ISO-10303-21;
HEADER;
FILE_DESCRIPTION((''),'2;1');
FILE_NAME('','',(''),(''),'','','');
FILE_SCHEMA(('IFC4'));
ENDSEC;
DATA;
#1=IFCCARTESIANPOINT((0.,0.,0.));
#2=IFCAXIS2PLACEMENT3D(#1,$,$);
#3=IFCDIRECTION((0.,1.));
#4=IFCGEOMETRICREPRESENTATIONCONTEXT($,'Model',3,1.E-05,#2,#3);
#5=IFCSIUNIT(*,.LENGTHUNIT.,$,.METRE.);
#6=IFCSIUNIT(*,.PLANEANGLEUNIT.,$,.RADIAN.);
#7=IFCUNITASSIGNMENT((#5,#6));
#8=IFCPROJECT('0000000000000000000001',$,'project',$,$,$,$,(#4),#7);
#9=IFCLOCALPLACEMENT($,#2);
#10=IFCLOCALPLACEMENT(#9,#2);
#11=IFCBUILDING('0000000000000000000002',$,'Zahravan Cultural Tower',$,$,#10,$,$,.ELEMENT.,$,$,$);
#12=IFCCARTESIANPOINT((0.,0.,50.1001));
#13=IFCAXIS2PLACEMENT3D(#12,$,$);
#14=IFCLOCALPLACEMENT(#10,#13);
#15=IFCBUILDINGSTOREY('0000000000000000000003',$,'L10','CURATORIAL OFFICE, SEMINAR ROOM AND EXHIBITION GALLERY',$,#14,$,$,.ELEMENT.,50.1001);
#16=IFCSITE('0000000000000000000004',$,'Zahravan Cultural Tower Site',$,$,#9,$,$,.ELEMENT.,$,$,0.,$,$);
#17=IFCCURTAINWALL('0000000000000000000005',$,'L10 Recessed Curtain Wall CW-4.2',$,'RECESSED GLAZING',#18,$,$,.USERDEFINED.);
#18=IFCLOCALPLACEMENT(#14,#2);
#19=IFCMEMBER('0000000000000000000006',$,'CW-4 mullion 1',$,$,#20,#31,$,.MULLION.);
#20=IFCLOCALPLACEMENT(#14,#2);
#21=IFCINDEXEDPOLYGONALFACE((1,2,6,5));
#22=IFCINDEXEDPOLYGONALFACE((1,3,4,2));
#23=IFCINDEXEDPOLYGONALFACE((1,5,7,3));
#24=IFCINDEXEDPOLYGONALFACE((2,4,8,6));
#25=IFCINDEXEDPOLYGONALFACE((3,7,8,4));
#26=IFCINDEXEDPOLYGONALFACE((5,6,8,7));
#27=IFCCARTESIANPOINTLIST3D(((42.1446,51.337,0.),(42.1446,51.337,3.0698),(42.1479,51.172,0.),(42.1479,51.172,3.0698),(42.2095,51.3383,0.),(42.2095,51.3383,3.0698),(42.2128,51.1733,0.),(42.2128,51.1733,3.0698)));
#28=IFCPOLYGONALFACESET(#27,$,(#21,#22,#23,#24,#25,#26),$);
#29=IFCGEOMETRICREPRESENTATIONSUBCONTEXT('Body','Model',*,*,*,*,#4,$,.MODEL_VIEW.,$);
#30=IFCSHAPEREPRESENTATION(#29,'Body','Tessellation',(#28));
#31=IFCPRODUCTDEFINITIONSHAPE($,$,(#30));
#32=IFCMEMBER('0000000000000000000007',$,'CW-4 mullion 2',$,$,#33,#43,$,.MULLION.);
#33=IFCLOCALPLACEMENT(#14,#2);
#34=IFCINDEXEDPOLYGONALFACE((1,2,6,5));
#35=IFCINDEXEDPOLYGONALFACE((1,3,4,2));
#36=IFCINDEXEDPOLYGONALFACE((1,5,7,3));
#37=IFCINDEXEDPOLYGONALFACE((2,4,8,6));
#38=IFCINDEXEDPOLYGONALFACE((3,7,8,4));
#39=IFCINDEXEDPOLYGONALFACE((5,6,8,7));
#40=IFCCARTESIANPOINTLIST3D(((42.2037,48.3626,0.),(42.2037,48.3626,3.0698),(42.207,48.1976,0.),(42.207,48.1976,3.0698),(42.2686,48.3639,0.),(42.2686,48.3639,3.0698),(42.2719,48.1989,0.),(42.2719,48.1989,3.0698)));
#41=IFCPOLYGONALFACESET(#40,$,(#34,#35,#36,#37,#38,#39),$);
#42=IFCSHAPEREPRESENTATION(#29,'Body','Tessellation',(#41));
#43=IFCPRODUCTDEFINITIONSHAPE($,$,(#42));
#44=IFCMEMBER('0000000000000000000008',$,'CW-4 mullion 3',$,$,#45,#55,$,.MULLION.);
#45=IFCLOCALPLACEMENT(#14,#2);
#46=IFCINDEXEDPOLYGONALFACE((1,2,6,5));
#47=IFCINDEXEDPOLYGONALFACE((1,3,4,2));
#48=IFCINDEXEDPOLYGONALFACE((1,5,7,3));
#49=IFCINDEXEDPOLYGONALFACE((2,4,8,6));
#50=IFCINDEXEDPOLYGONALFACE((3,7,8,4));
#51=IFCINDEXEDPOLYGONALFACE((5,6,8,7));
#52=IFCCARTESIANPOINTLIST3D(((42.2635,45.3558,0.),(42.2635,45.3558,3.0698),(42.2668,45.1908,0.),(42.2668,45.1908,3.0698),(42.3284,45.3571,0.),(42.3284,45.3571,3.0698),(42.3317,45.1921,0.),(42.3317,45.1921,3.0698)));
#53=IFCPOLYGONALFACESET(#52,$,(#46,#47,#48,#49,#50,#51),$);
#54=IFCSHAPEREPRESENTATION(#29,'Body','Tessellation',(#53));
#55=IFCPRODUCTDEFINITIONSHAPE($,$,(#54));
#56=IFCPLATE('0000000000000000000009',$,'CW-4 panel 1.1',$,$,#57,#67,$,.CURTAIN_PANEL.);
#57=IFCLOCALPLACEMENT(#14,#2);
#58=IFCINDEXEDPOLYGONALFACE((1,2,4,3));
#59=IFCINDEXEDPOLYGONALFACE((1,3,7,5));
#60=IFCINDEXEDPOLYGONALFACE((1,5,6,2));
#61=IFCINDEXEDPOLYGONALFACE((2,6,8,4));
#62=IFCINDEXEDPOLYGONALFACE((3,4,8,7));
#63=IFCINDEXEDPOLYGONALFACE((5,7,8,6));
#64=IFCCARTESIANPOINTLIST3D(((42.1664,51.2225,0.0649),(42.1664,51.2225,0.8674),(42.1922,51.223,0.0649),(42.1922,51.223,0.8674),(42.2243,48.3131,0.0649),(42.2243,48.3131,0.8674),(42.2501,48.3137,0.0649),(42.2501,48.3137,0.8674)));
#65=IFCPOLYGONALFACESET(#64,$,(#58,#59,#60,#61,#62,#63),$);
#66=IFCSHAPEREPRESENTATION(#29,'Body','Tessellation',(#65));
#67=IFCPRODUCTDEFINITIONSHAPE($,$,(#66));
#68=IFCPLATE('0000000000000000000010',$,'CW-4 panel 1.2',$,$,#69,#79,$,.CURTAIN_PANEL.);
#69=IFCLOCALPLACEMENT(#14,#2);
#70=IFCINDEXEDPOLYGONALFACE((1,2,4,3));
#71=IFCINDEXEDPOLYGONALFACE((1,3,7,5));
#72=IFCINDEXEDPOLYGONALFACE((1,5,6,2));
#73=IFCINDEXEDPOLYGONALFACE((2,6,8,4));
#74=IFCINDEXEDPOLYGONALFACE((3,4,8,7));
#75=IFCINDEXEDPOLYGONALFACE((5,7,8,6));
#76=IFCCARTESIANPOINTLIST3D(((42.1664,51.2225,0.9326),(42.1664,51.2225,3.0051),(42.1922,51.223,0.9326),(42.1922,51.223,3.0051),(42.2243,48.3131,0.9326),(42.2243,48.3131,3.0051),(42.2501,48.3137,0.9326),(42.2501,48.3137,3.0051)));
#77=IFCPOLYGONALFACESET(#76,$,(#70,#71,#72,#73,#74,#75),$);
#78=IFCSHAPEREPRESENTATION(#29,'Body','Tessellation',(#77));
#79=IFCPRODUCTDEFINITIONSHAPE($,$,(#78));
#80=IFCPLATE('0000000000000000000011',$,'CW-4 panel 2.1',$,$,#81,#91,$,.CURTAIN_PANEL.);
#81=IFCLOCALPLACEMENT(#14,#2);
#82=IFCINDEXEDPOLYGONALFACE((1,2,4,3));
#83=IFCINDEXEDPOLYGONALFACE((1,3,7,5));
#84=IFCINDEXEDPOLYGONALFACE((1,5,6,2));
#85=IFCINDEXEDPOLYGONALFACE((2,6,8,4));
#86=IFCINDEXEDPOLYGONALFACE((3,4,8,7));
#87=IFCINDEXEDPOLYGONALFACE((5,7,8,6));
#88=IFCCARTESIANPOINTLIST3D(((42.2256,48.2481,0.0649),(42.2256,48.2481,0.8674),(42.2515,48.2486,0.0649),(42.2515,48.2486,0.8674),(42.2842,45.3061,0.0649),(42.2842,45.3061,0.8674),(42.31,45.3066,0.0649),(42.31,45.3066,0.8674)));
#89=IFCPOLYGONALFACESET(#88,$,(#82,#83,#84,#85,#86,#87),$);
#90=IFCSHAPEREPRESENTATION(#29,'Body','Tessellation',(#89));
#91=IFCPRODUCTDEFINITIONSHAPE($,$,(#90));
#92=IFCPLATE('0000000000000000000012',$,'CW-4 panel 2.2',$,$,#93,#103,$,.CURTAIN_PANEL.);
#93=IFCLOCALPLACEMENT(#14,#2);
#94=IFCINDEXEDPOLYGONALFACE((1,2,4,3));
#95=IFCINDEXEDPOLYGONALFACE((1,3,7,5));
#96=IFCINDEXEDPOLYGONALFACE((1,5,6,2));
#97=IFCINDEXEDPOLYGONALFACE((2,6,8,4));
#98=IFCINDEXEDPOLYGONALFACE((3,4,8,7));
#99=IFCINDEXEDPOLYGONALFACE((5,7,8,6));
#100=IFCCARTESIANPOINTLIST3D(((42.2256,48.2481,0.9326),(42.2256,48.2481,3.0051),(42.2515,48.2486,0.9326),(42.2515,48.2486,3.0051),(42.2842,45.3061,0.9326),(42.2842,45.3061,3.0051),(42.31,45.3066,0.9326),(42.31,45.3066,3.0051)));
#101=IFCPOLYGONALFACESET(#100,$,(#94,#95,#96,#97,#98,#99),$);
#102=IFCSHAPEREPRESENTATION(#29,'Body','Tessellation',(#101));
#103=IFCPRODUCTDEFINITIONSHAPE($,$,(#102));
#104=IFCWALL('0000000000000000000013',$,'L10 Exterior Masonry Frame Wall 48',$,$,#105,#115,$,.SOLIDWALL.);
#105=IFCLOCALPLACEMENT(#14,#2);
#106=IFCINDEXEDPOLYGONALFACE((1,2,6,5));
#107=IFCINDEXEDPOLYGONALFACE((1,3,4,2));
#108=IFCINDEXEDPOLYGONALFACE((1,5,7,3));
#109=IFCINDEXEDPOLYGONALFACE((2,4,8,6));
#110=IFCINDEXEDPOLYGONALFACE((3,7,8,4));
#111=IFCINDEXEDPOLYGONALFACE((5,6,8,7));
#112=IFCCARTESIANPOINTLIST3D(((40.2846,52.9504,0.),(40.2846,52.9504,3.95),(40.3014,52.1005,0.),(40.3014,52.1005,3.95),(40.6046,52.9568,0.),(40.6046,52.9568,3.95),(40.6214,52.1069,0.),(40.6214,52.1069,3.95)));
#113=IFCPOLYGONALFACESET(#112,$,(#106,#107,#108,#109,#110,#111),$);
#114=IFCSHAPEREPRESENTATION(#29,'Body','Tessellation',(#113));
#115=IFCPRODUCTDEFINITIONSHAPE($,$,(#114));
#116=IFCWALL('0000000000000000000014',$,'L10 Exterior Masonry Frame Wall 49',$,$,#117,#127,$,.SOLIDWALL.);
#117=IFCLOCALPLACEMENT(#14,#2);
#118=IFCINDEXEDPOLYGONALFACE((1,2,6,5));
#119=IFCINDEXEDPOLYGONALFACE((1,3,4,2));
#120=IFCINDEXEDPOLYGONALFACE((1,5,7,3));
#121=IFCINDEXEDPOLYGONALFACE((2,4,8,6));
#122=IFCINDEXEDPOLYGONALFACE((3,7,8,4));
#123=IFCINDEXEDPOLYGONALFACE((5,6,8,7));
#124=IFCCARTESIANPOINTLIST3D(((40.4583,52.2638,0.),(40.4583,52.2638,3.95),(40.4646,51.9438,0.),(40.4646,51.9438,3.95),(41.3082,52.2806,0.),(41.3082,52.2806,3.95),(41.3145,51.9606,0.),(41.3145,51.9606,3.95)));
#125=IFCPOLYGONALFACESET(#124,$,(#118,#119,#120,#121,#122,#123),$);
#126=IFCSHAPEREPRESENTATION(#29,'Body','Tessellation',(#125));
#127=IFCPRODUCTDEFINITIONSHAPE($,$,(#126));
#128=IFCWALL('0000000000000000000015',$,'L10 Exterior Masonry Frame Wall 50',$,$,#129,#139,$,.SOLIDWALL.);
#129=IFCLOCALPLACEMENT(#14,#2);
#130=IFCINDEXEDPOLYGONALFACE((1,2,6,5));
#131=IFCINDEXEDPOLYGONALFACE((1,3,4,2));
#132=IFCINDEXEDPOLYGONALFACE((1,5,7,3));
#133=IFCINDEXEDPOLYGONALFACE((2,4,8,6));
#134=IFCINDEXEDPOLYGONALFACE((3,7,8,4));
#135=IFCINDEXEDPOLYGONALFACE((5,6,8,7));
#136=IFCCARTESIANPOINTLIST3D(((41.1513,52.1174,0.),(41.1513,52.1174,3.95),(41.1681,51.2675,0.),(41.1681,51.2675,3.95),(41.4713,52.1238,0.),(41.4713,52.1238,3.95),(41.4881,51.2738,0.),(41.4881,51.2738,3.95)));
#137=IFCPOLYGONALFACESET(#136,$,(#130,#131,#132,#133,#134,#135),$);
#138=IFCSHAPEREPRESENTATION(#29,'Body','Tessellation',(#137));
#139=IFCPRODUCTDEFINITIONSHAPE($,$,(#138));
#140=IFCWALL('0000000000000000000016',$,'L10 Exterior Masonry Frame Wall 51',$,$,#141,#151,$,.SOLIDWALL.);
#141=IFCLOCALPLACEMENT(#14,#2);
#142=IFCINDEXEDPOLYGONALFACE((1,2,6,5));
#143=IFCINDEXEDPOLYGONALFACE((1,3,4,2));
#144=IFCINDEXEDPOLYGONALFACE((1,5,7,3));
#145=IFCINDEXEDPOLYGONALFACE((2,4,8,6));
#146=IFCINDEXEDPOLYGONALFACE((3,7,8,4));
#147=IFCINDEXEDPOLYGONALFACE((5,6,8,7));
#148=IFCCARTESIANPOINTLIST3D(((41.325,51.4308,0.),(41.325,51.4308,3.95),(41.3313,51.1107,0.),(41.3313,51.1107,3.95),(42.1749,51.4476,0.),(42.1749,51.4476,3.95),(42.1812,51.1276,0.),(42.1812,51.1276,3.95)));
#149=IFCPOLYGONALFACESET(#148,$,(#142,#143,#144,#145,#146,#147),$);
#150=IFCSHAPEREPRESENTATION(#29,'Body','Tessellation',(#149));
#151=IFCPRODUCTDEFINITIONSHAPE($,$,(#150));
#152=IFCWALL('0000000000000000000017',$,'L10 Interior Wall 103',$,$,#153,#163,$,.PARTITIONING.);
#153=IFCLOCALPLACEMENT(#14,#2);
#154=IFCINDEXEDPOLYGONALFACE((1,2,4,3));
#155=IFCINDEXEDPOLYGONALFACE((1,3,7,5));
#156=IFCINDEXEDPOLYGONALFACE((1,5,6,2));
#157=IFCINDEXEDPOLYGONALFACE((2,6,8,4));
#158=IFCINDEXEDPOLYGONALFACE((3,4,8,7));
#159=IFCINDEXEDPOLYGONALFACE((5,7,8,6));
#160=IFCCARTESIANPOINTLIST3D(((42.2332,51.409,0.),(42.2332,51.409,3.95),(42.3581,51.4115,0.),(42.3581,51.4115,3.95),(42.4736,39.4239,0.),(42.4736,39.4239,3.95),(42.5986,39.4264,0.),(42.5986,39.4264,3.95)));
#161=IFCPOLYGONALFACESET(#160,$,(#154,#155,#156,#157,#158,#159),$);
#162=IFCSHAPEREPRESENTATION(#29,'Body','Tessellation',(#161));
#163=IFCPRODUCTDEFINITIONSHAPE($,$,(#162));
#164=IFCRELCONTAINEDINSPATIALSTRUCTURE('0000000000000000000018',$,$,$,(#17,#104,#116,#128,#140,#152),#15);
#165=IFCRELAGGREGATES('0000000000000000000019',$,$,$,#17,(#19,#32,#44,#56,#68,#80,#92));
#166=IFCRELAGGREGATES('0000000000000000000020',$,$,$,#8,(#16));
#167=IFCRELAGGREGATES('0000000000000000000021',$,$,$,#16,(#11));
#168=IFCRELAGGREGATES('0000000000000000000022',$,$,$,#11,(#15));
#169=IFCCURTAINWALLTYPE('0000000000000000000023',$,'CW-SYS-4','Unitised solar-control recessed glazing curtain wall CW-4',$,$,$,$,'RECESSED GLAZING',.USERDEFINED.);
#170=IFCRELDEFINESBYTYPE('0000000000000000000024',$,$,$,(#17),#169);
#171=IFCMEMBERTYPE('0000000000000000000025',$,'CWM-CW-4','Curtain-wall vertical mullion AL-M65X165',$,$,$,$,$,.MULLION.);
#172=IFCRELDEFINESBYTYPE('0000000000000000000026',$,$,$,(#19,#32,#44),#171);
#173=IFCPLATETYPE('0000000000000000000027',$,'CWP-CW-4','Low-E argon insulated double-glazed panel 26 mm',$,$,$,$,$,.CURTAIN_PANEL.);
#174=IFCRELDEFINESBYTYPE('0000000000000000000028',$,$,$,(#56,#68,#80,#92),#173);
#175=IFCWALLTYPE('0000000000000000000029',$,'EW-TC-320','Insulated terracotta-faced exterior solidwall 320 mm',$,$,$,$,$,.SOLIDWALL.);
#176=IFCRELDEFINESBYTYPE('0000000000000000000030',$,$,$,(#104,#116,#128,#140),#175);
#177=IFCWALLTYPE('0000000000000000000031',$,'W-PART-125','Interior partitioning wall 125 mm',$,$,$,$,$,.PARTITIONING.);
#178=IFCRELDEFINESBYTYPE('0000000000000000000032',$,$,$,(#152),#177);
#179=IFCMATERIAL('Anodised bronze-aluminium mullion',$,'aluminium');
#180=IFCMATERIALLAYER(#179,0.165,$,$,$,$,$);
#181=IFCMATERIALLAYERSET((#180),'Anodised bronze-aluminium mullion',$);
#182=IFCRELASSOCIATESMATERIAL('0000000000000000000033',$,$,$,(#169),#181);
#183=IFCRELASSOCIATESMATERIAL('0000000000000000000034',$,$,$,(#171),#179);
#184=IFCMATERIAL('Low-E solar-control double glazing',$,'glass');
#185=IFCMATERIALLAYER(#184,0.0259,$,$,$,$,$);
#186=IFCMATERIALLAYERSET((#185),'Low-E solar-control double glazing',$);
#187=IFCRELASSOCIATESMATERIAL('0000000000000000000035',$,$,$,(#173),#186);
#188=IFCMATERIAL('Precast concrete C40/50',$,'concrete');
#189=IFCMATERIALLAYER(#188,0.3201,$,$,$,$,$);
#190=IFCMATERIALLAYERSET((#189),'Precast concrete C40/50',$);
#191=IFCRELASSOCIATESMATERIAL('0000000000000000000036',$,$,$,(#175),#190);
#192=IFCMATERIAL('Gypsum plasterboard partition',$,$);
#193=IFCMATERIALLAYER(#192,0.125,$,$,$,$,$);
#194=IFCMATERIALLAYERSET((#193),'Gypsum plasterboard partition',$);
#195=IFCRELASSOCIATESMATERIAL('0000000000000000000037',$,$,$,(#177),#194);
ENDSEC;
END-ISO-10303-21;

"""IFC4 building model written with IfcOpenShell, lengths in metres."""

from ifc_helpers import new_model, si_unit, direction, frame, frame_2d, origin, origin_2d, place, context, subcontext, project, spatial, rectangle, extrude, source, transform, mapped, material, layer, layer_set, material_profile, profile_set, type_object, element, aggregate, save


model = new_model("IFC4")

# Units and contexts
model_context = context("Model", 3, precision=1e-05, world=origin(), true_north=direction((0.0, 1.0)))
body_context = subcontext(model_context, "Body", "Model", "MODEL_VIEW")
ifc_project = project(units=[si_unit("LENGTHUNIT", "METRE"), si_unit("PLANEANGLEUNIT", "RADIAN")], contexts=[model_context])

# Site, building, storey
site_placement = place(None, origin())
site = spatial("IfcSite", under=ifc_project, at=site_placement, Name="Zahravan Cultural Tower Site", CompositionType="ELEMENT", RefElevation=0.0)
building_placement = place(site_placement, origin())
building = spatial("IfcBuilding", under=site, at=building_placement, Name="Zahravan Cultural Tower", CompositionType="ELEMENT")
storey_placement = place(building_placement, frame((0.0, 0.0, 50.1001)))
storey = spatial("IfcBuildingStorey", under=building, at=storey_placement, Name="L10", Description="CURATORIAL OFFICE, SEMINAR ROOM AND EXHIBITION GALLERY", CompositionType="ELEMENT", Elevation=50.1001)

# Curtain wall, members, plates
ifc_material_1 = material(Name="Anodised bronze-aluminium mullion", Category="aluminium")
ifc_layer_1 = layer(ifc_material_1, 0.165)
ifc_layer_set_1 = layer_set([ifc_layer_1], Name="Anodised bronze-aluminium mullion")
curtain_wall_type = type_object("IfcCurtainWallType", Name="CW-SYS-4", Description="Unitised solar-control recessed glazing curtain wall CW-4", ElementType="RECESSED GLAZING", PredefinedType="USERDEFINED", material=ifc_layer_set_1)
curtain_wall_placement = place(storey_placement, origin())
curtain_wall = element("IfcCurtainWall", 1, at=curtain_wall_placement, inside=storey, type_object=curtain_wall_type, Name="L10 Recessed Curtain Wall CW-4.2", ObjectType="RECESSED GLAZING", PredefinedType="USERDEFINED")
ifc_material_profile_1 = material_profile(ifc_material_1, rectangle(XDim=0.0649, YDim=0.165, at=origin_2d()), Name="AL-M65X165")
ifc_profile_set_1 = profile_set([ifc_material_profile_1], Name="Anodised bronze-aluminium mullion")
member_type_1 = type_object("IfcMemberType", Name="CWM-CW-4", Description="Curtain-wall vertical mullion AL-M65X165", PredefinedType="MULLION", material=ifc_profile_set_1)
shared_shape_1 = source(origin(), body_context, "Body", "SweptSolid", [
    extrude(rectangle(XDim=0.0649, YDim=0.165, at=origin_2d()), origin(), (0.0, 0.0, 1.0), 3.0698),
])
member_1_placement = place(storey_placement, frame((42.1787, 51.2551, 0.0), z_axis=(0.0, 0.0, 1.0), x_axis=(0.999802, 0.0199, 0.0)))
member_1 = element("IfcMember", 2, at=member_1_placement, type_object=member_type_1, Name="CW-4 mullion 1", PredefinedType="MULLION", context=body_context, shape_type="MappedRepresentation", body=[
    mapped(shared_shape_1, transform((0.0, 0.0, 0.0), x_axis=(1.0, 0.0, 0.0), y_axis=(0.0, 1.0, 0.0), z_axis=(0.0, 0.0, 1.0), scale=1.0)),
])
member_2_placement = place(storey_placement, frame((42.2378, 48.2808, 0.0), z_axis=(0.0, 0.0, 1.0), x_axis=(0.999802, 0.0199, 0.0)))
member_2 = element("IfcMember", 3, at=member_2_placement, type_object=member_type_1, Name="CW-4 mullion 2", PredefinedType="MULLION", context=body_context, shape_type="MappedRepresentation", body=[
    mapped(shared_shape_1, transform((0.0, 0.0, 0.0), x_axis=(1.0, 0.0, 0.0), y_axis=(0.0, 1.0, 0.0), z_axis=(0.0, 0.0, 1.0), scale=1.0)),
])
member_3_placement = place(storey_placement, frame((42.2976, 45.2739, 0.0), z_axis=(0.0, 0.0, 1.0), x_axis=(0.999802, 0.0199, 0.0)))
member_3 = element("IfcMember", 4, at=member_3_placement, type_object=member_type_1, Name="CW-4 mullion 3", PredefinedType="MULLION", context=body_context, shape_type="MappedRepresentation", body=[
    mapped(shared_shape_1, transform((0.0, 0.0, 0.0), x_axis=(1.0, 0.0, 0.0), y_axis=(0.0, 1.0, 0.0), z_axis=(0.0, 0.0, 1.0), scale=1.0)),
])
ifc_material_2 = material(Name="Low-E solar-control double glazing", Category="glass")
ifc_layer_2 = layer(ifc_material_2, 0.0259)
ifc_layer_set_2 = layer_set([ifc_layer_2], Name="Low-E solar-control double glazing")
plate_type = type_object("IfcPlateType", Name="CWP-CW-4", Description="Low-E argon insulated double-glazed panel 26 mm", PredefinedType="CURTAIN_PANEL", material=ifc_layer_set_2)
shared_shape_2 = source(origin(), body_context, "Body", "SweptSolid", [
    extrude(rectangle(XDim=2.9099, YDim=0.0259, at=origin_2d()), origin(), (0.0, 0.0, 1.0), 0.8025),
])
plate_1_placement = place(storey_placement, frame((42.2083, 49.7681, 0.0649), z_axis=(0.0, 0.0, 1.0), x_axis=(0.0199, -0.999802, 0.0)))
plate_1 = element("IfcPlate", 5, at=plate_1_placement, type_object=plate_type, Name="CW-4 panel 1.1", PredefinedType="CURTAIN_PANEL", context=body_context, shape_type="MappedRepresentation", body=[
    mapped(shared_shape_2, transform((0.0, 0.0, 0.0), x_axis=(1.0, 0.0, 0.0), y_axis=(0.0, 1.0, 0.0), z_axis=(0.0, 0.0, 1.0), scale=1.0)),
])
shared_shape_3 = source(origin(), body_context, "Body", "SweptSolid", [
    extrude(rectangle(XDim=2.9099, YDim=0.0259, at=origin_2d()), origin(), (0.0, 0.0, 1.0), 2.0725),
])
plate_2_placement = place(storey_placement, frame((42.2083, 49.7681, 0.9326), z_axis=(0.0, 0.0, 1.0), x_axis=(0.0199, -0.999802, 0.0)))
plate_2 = element("IfcPlate", 6, at=plate_2_placement, type_object=plate_type, Name="CW-4 panel 1.2", PredefinedType="CURTAIN_PANEL", context=body_context, shape_type="MappedRepresentation", body=[
    mapped(shared_shape_3, transform((0.0, 0.0, 0.0), x_axis=(1.0, 0.0, 0.0), y_axis=(0.0, 1.0, 0.0), z_axis=(0.0, 0.0, 1.0), scale=1.0)),
])
shared_shape_4 = source(origin(), body_context, "Body", "SweptSolid", [
    extrude(rectangle(XDim=2.9426, YDim=0.0259, at=origin_2d()), origin(), (0.0, 0.0, 1.0), 0.8025),
])
plate_3_placement = place(storey_placement, frame((42.2678, 46.7773, 0.0649), z_axis=(0.0, 0.0, 1.0), x_axis=(0.0199, -0.999802, 0.0)))
plate_3 = element("IfcPlate", 7, at=plate_3_placement, type_object=plate_type, Name="CW-4 panel 2.1", PredefinedType="CURTAIN_PANEL", context=body_context, shape_type="MappedRepresentation", body=[
    mapped(shared_shape_4, transform((0.0, 0.0, 0.0), x_axis=(1.0, 0.0, 0.0), y_axis=(0.0, 1.0, 0.0), z_axis=(0.0, 0.0, 1.0), scale=1.0)),
])
shared_shape_5 = source(origin(), body_context, "Body", "SweptSolid", [
    extrude(rectangle(XDim=2.9426, YDim=0.0259, at=origin_2d()), origin(), (0.0, 0.0, 1.0), 2.0725),
])
plate_4_placement = place(storey_placement, frame((42.2678, 46.7773, 0.9326), z_axis=(0.0, 0.0, 1.0), x_axis=(0.0199, -0.999802, 0.0)))
plate_4 = element("IfcPlate", 8, at=plate_4_placement, type_object=plate_type, Name="CW-4 panel 2.2", PredefinedType="CURTAIN_PANEL", context=body_context, shape_type="MappedRepresentation", body=[
    mapped(shared_shape_5, transform((0.0, 0.0, 0.0), x_axis=(1.0, 0.0, 0.0), y_axis=(0.0, 1.0, 0.0), z_axis=(0.0, 0.0, 1.0), scale=1.0)),
])
aggregate(curtain_wall, [member_1, member_2, member_3, plate_1, plate_2, plate_3, plate_4])

# Walls
ifc_material_3 = material(Name="Precast concrete C40/50", Category="concrete")
ifc_layer_3 = layer(ifc_material_3, 0.3201)
ifc_layer_set_3 = layer_set([ifc_layer_3], Name="Precast concrete C40/50")
wall_type_1 = type_object("IfcWallType", Name="EW-TC-320", Description="Insulated terracotta-faced exterior solidwall 320 mm", PredefinedType="SOLIDWALL", material=ifc_layer_set_3)
shared_shape_6 = source(origin(), body_context, "Body", "SweptSolid", [
    extrude(rectangle(XDim=0.8501, YDim=0.3201, at=frame_2d((0.425, 0.0))), origin(), (0.0, 0.0, 1.0), 3.95),
])
for number, where, z_axis, x_axis, name in (
    (9, (40.4446, 52.9536, 0.0), (0.0, 0.0, 1.0), (0.019818, -0.999804, 0.0), "L10 Exterior Masonry Frame Wall 48"),
    (10, (40.4614, 52.1038, 0.0), (0.0, 0.0, 1.0), (0.999804, 0.019818, 0.0), "L10 Exterior Masonry Frame Wall 49"),
    (11, (41.3113, 52.1206, 0.0), (0.0, 0.0, 1.0), (0.019818, -0.999804, 0.0), "L10 Exterior Masonry Frame Wall 50"),
    (12, (41.3281, 51.2708, 0.0), (0.0, 0.0, 1.0), (0.999804, 0.019818, 0.0), "L10 Exterior Masonry Frame Wall 51"),
):
    element("IfcWall", number, at=place(storey_placement, frame(where, z_axis=z_axis, x_axis=x_axis)), inside=storey, type_object=wall_type_1, Name=name, PredefinedType="SOLIDWALL", context=body_context, shape_type="MappedRepresentation", body=[
        mapped(shared_shape_6, transform((0.0, 0.0, 0.0), x_axis=(1.0, 0.0, 0.0), y_axis=(0.0, 1.0, 0.0), z_axis=(0.0, 0.0, 1.0), scale=1.0)),
    ])
ifc_material_4 = material(Name="Gypsum plasterboard partition")
ifc_layer_4 = layer(ifc_material_4, 0.125)
ifc_layer_set_4 = layer_set([ifc_layer_4], Name="Gypsum plasterboard partition")
wall_type_2 = type_object("IfcWallType", Name="W-PART-125", Description="Interior partitioning wall 125 mm", PredefinedType="PARTITIONING", material=ifc_layer_set_4)
shared_shape_7 = source(origin(), body_context, "Body", "SweptSolid", [
    extrude(rectangle(XDim=11.9875, YDim=0.125, at=frame_2d((5.9937, 0.0))), origin(), (0.0, 0.0, 1.0), 3.95),
])
wall_placement = place(storey_placement, frame((42.2957, 51.4102, 0.0), z_axis=(0.0, 0.0, 1.0), x_axis=(0.020061, -0.999799, 0.0)))
element("IfcWall", 13, at=wall_placement, inside=storey, type_object=wall_type_2, Name="L10 Interior Wall 103", PredefinedType="PARTITIONING", context=body_context, shape_type="MappedRepresentation", body=[
    mapped(shared_shape_7, transform((0.0, 0.0, 0.0), x_axis=(1.0, 0.0, 0.0), y_axis=(0.0, 1.0, 0.0), z_axis=(0.0, 0.0, 1.0), scale=1.0)),
])

save(model, "model.ifc")
